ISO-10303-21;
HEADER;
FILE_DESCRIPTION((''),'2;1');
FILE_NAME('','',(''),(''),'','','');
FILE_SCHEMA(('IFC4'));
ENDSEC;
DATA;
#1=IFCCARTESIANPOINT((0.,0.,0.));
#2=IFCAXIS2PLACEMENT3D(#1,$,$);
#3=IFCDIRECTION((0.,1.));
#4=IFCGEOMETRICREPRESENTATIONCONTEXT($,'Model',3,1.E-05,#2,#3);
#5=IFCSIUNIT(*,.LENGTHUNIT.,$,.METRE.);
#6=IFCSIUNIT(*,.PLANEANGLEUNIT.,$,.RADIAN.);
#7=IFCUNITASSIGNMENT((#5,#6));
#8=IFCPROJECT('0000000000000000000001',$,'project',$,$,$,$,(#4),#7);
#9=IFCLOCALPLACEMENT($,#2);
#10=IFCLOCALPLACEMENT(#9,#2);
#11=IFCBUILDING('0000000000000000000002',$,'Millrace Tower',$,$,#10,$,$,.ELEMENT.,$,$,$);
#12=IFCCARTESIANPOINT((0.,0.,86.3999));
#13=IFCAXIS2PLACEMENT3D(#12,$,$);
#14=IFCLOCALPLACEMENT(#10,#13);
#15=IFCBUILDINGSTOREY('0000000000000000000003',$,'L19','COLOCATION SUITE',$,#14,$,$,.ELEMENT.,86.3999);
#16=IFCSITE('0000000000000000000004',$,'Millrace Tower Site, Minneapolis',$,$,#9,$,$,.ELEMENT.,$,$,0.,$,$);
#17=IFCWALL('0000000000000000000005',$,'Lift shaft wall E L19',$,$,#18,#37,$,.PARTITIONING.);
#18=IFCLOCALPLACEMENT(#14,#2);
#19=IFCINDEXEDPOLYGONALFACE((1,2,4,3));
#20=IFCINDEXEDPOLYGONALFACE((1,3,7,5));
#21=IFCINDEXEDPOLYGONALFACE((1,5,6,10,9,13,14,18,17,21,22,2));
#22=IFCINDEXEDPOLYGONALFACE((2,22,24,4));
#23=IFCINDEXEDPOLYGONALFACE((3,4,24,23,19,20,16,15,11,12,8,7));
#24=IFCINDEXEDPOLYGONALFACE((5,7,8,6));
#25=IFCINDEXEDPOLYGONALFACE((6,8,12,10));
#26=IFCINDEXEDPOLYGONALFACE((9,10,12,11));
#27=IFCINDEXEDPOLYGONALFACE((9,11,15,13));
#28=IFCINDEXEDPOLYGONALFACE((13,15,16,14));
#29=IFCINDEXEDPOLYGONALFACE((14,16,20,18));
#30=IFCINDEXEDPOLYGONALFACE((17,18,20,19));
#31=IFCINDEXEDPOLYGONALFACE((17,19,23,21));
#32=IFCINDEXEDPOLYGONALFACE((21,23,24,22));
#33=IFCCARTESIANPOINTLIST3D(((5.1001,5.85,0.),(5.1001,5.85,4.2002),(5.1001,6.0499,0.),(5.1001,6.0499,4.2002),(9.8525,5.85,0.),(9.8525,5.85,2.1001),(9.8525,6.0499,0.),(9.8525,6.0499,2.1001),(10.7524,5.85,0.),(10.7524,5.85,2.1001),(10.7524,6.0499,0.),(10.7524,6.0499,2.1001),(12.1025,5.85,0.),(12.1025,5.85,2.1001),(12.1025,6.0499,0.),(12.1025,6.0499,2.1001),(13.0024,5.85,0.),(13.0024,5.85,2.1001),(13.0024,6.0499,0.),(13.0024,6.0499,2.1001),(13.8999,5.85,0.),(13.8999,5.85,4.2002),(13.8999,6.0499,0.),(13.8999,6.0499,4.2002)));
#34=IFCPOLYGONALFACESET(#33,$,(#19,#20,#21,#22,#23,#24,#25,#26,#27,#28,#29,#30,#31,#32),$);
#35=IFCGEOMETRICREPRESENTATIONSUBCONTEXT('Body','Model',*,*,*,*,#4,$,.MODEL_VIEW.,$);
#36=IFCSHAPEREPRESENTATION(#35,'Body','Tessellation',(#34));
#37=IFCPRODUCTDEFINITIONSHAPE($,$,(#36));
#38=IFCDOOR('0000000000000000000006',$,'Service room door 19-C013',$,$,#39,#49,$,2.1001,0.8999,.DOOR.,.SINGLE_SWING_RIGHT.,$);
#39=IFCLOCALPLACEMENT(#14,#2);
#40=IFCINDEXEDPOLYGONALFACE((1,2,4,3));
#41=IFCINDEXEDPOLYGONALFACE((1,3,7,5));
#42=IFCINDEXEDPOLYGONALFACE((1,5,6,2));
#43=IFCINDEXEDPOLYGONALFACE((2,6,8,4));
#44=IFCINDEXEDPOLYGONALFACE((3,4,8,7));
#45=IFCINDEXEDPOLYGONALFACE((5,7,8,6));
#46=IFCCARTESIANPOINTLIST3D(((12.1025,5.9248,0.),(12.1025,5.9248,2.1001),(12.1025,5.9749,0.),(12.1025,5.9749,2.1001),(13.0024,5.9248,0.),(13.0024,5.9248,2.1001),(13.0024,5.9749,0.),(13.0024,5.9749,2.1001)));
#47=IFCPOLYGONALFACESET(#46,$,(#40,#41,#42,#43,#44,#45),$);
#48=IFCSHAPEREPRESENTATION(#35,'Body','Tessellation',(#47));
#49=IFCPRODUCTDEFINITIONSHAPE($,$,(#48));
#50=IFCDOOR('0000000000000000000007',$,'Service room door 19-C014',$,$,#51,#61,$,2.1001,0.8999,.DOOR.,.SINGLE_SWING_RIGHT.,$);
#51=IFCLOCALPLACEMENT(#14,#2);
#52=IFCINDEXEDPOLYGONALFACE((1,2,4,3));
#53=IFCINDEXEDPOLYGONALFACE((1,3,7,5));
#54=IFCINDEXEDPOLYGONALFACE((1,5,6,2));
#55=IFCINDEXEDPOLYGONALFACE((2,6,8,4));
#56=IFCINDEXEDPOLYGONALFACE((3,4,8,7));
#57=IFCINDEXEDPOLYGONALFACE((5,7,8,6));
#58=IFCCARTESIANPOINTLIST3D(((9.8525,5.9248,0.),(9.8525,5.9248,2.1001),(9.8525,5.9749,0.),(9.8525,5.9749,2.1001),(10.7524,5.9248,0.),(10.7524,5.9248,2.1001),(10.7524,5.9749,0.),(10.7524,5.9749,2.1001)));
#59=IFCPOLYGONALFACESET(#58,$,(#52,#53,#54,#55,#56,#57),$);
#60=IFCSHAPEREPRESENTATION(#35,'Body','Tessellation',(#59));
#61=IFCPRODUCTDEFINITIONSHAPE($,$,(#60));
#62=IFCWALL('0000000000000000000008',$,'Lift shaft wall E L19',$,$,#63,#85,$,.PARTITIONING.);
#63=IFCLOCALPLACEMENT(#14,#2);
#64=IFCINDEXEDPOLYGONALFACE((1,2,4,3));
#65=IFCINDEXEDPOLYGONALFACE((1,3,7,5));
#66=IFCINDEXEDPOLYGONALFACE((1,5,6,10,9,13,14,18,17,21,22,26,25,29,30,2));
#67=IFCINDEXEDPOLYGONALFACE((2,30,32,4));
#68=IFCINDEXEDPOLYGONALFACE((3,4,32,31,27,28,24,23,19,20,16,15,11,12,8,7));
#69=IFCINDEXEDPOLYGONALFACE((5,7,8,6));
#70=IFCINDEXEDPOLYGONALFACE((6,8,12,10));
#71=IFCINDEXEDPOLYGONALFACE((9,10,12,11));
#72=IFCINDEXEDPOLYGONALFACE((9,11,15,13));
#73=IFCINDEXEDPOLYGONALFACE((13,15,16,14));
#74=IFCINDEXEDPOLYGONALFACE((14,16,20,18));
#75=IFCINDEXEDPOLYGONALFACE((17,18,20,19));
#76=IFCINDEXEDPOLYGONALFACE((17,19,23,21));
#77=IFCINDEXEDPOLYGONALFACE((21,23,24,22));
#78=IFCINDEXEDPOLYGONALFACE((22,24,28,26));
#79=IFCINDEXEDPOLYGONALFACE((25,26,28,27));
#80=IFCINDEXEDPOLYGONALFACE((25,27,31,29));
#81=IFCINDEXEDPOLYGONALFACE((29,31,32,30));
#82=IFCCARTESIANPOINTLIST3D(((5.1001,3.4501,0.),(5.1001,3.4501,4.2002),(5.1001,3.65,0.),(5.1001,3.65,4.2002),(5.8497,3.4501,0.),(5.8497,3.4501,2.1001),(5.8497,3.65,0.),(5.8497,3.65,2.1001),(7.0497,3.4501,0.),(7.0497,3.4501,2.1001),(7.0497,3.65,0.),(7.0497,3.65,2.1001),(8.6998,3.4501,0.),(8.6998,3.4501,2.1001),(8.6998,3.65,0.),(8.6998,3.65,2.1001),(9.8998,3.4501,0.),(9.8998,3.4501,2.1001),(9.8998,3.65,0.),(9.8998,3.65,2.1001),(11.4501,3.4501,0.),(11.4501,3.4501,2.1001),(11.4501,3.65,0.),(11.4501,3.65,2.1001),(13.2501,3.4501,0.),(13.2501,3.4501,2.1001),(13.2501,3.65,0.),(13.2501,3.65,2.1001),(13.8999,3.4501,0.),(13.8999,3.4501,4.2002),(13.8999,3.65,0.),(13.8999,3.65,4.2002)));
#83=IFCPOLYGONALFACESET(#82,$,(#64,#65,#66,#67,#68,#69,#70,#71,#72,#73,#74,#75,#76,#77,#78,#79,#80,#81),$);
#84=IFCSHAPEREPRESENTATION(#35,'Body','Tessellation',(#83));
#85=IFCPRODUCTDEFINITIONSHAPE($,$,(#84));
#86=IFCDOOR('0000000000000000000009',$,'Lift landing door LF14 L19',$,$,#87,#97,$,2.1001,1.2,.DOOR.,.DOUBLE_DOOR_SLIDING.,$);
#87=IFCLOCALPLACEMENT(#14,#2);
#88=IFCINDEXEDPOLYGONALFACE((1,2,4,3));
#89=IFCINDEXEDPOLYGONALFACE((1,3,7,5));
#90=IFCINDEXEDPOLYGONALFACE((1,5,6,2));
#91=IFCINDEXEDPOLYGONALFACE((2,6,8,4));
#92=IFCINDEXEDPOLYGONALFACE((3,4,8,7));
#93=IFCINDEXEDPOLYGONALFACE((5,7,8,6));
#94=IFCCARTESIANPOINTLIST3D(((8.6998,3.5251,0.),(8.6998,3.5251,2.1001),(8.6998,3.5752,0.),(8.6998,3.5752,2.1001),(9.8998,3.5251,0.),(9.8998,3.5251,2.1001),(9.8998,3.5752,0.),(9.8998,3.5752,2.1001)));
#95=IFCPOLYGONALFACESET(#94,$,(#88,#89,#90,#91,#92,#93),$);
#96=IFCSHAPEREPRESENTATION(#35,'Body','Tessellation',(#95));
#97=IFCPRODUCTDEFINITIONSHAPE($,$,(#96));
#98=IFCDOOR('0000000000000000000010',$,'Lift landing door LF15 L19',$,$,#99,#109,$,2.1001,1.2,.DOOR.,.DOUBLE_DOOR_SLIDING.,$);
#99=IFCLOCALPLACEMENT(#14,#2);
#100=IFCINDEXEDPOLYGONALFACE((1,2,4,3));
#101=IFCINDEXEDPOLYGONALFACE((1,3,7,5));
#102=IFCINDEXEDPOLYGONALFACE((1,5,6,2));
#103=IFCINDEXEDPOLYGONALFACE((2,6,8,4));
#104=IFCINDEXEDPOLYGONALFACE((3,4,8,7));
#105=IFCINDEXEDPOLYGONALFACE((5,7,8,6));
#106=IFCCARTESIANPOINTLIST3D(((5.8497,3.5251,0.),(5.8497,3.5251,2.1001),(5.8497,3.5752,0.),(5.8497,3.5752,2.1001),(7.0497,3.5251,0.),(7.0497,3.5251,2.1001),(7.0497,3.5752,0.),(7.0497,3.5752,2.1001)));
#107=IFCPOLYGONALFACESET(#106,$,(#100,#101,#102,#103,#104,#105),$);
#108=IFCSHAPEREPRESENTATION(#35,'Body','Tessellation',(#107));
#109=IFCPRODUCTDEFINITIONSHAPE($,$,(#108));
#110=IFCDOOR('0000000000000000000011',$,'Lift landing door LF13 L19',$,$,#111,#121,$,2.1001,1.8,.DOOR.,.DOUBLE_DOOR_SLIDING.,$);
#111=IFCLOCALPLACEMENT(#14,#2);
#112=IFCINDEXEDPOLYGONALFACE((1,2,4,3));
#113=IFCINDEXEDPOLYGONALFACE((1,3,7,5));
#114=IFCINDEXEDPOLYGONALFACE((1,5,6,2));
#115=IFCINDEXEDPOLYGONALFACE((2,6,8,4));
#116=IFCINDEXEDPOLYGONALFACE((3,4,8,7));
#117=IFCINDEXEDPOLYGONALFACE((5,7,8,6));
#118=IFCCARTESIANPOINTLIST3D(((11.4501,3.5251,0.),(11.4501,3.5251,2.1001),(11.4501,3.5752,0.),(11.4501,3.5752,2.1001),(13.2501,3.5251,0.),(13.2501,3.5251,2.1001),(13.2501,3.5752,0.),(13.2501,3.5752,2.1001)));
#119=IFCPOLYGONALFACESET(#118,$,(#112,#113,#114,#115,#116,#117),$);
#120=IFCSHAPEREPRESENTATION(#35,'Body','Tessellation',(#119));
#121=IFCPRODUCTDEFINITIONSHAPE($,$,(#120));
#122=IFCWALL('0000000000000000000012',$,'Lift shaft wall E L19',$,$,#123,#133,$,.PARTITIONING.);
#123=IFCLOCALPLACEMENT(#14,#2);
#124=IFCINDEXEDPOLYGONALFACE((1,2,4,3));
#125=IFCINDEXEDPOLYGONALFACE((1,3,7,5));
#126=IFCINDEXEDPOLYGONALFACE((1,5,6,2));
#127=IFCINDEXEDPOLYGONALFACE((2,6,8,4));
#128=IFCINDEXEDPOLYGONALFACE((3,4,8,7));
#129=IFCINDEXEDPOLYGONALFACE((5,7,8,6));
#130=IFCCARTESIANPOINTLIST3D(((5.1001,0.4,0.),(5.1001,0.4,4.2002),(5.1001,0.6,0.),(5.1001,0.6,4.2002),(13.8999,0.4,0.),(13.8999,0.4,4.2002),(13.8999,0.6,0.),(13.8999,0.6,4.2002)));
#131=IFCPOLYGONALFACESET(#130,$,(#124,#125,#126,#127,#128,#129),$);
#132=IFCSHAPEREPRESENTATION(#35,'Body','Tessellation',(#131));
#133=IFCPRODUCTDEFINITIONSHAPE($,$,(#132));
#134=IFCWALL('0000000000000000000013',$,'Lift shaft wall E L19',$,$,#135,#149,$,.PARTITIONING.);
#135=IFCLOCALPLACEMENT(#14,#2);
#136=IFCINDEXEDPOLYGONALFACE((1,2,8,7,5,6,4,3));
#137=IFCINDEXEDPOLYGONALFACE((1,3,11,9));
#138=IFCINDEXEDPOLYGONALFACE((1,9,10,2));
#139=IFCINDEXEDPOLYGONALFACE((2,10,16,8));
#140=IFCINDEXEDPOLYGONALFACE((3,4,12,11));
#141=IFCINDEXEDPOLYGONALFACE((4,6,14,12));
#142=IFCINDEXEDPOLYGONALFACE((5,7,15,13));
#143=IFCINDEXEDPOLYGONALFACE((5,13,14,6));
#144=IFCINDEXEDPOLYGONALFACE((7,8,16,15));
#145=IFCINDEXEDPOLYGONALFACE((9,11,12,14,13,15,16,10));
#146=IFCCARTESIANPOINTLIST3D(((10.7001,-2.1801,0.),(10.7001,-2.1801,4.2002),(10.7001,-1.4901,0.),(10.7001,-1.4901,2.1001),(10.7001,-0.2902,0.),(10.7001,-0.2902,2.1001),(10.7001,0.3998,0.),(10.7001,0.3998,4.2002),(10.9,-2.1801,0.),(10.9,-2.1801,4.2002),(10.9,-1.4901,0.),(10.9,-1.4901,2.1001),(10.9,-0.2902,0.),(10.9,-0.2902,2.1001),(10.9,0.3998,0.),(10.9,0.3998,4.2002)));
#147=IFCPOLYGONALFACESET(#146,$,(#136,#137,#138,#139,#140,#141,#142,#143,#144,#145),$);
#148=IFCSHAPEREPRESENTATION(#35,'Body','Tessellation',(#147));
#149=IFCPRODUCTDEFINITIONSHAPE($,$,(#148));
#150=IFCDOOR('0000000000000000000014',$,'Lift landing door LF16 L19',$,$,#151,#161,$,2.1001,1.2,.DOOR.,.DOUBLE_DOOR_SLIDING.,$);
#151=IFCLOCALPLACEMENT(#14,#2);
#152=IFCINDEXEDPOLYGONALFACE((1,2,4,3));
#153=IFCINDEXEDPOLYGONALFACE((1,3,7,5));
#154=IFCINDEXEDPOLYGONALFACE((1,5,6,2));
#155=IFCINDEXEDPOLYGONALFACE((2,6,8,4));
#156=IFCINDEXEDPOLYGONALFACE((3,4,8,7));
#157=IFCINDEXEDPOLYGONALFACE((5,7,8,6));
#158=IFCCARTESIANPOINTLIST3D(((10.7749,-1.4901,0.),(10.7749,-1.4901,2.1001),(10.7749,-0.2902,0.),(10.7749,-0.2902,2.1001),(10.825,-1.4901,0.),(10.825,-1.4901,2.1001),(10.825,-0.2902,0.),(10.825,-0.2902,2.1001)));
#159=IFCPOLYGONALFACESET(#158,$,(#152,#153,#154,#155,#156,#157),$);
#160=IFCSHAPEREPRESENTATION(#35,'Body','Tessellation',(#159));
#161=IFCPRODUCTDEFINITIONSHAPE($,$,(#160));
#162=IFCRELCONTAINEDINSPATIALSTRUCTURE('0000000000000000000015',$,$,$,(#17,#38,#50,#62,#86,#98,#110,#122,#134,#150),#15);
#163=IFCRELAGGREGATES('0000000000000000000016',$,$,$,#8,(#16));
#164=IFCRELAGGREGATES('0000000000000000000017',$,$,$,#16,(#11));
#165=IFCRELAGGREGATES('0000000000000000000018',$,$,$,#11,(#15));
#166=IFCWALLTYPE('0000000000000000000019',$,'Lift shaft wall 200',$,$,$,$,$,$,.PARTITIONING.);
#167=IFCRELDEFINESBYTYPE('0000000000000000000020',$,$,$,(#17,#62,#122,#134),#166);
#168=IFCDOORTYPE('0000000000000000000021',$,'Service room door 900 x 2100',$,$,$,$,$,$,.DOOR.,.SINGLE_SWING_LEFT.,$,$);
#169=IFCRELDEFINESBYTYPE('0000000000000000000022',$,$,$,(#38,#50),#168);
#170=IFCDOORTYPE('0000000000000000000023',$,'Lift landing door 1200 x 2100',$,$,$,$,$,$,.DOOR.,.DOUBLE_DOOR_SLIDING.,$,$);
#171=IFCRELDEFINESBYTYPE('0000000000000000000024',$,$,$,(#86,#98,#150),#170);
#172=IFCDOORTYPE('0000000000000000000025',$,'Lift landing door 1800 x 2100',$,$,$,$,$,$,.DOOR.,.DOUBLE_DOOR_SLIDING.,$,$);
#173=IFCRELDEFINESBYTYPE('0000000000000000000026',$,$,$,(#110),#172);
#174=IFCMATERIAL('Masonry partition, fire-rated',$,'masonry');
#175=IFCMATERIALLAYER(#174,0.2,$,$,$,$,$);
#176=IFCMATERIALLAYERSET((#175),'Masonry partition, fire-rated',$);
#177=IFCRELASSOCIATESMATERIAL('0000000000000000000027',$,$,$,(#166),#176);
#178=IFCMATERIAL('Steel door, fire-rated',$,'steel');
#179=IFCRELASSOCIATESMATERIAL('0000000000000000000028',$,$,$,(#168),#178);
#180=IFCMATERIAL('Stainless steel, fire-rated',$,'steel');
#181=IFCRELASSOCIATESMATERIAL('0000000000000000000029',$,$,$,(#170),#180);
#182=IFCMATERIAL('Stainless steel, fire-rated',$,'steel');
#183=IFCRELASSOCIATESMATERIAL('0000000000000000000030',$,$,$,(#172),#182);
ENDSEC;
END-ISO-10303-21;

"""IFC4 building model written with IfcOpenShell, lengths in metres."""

from ifc_helpers import new_model, si_unit, direction, frame, frame_2d, origin, place, context, subcontext, project, spatial, rectangle, extrude, material, layer, layer_set, type_object, element, fill, save


model = new_model("IFC4")

# Units and contexts
model_context = context("Model", 3, precision=1e-05, world=origin(), true_north=direction((0.0, 1.0)))
body_context = subcontext(model_context, "Body", "Model", "MODEL_VIEW")
ifc_project = project(units=[si_unit("LENGTHUNIT", "METRE"), si_unit("PLANEANGLEUNIT", "RADIAN")], contexts=[model_context])

# Site, building, storey
site_placement = place(None, origin())
site = spatial("IfcSite", under=ifc_project, at=site_placement, Name="Millrace Tower Site, Minneapolis", CompositionType="ELEMENT", RefElevation=0.0)
building_placement = place(site_placement, origin())
building = spatial("IfcBuilding", under=site, at=building_placement, Name="Millrace Tower", CompositionType="ELEMENT")
storey_placement = place(building_placement, frame((0.0, 0.0, 86.3999)))
storey = spatial("IfcBuildingStorey", under=building, at=storey_placement, Name="L19", Description="COLOCATION SUITE", CompositionType="ELEMENT", Elevation=86.3999)

# Walls, openings, doors
ifc_material_1 = material(Name="Masonry partition, fire-rated", Category="masonry")
ifc_layer_1 = layer(ifc_material_1, 0.2)
ifc_layer_set_1 = layer_set([ifc_layer_1], Name="Masonry partition, fire-rated")
wall_type_1 = type_object("IfcWallType", Name="Lift shaft wall 200", PredefinedType="PARTITIONING", material=ifc_layer_set_1)
wall_1_placement = place(storey_placement, frame((13.8999, 5.95, 0.0), z_axis=(0.0, 0.0, 1.0), x_axis=(-1.0, 0.0, 0.0)))
wall_1 = element("IfcWall", 1, at=wall_1_placement, inside=storey, type_object=wall_type_1, Name="Lift shaft wall E L19", PredefinedType="PARTITIONING", context=body_context, shape_type="SweptSolid", body=[
    extrude(rectangle(XDim=8.7998, YDim=0.2, at=frame_2d((4.3999, 0.0))), origin(), (0.0, 0.0, 1.0), 4.2002),
])
opening_1_placement = place(wall_1_placement, frame((0.8975, 0.0, 0.0)))
opening_1 = element("IfcOpeningElement", 2, at=opening_1_placement, cuts=wall_1, PredefinedType="OPENING", context=body_context, shape_type="SweptSolid", body=[
    extrude(rectangle(XDim=0.8999, YDim=2.1001, at=frame_2d((0.45, 1.05))), frame((0.0, 0.1099, 0.0), z_axis=(0.0, -1.0, 0.0), x_axis=(1.0, 0.0, 0.0)), (0.0, 0.0, 1.0), 0.22),
])
opening_2_placement = place(wall_1_placement, frame((3.1475, 0.0, 0.0)))
opening_2 = element("IfcOpeningElement", 3, at=opening_2_placement, cuts=wall_1, PredefinedType="OPENING", context=body_context, shape_type="SweptSolid", body=[
    extrude(rectangle(XDim=0.8999, YDim=2.1001, at=frame_2d((0.45, 1.05))), frame((0.0, 0.1099, 0.0), z_axis=(0.0, -1.0, 0.0), x_axis=(1.0, 0.0, 0.0)), (0.0, 0.0, 1.0), 0.22),
])
ifc_material_2 = material(Name="Steel door, fire-rated", Category="steel")
door_type_1 = type_object("IfcDoorType", Name="Service room door 900 x 2100", OperationType="SINGLE_SWING_LEFT", PredefinedType="DOOR", material=ifc_material_2)
door_1_placement = place(opening_1_placement, frame((0.8999, 0.0, 0.0), z_axis=(0.0, 0.0, 1.0), x_axis=(-1.0, 0.0, 0.0)))
door_1 = element("IfcDoor", 4, at=door_1_placement, inside=storey, type_object=door_type_1, Name="Service room door 19-C013", OperationType="SINGLE_SWING_RIGHT", OverallHeight=2.1001, OverallWidth=0.8999, PredefinedType="DOOR", context=body_context, shape_type="SweptSolid", body=[
    extrude(rectangle(XDim=0.8999, YDim=2.1001, at=frame_2d((0.45, 1.05))), frame((0.0, 0.0249, 0.0), z_axis=(0.0, -1.0, 0.0), x_axis=(1.0, 0.0, 0.0)), (0.0, 0.0, 1.0), 0.05),
])
fill(opening_1, door_1)
door_2_placement = place(opening_2_placement, frame((0.8999, 0.0, 0.0), z_axis=(0.0, 0.0, 1.0), x_axis=(-1.0, 0.0, 0.0)))
door_2 = element("IfcDoor", 5, at=door_2_placement, inside=storey, type_object=door_type_1, Name="Service room door 19-C014", OperationType="SINGLE_SWING_RIGHT", OverallHeight=2.1001, OverallWidth=0.8999, PredefinedType="DOOR", context=body_context, shape_type="SweptSolid", body=[
    extrude(rectangle(XDim=0.8999, YDim=2.1001, at=frame_2d((0.45, 1.05))), frame((0.0, 0.0249, 0.0), z_axis=(0.0, -1.0, 0.0), x_axis=(1.0, 0.0, 0.0)), (0.0, 0.0, 1.0), 0.05),
])
fill(opening_2, door_2)
wall_2_placement = place(storey_placement, frame((13.8999, 3.55, 0.0), z_axis=(0.0, 0.0, 1.0), x_axis=(-1.0, 0.0, 0.0)))
wall_2 = element("IfcWall", 6, at=wall_2_placement, inside=storey, type_object=wall_type_1, Name="Lift shaft wall E L19", PredefinedType="PARTITIONING", context=body_context, shape_type="SweptSolid", body=[
    extrude(rectangle(XDim=8.7998, YDim=0.2, at=frame_2d((4.3999, 0.0))), origin(), (0.0, 0.0, 1.0), 4.2002),
])
opening_3_placement = place(wall_2_placement, frame((0.6499, 0.0, 0.0)))
opening_3 = element("IfcOpeningElement", 7, at=opening_3_placement, cuts=wall_2, PredefinedType="OPENING", context=body_context, shape_type="SweptSolid", body=[
    extrude(rectangle(XDim=1.8, YDim=2.1001, at=frame_2d((0.8999, 1.05))), frame((0.0, 0.1099, 0.0), z_axis=(0.0, -1.0, 0.0), x_axis=(1.0, 0.0, 0.0)), (0.0, 0.0, 1.0), 0.22),
])
opening_4_placement = place(wall_2_placement, frame((4.0, 0.0, 0.0)))
opening_4 = element("IfcOpeningElement", 8, at=opening_4_placement, cuts=wall_2, PredefinedType="OPENING", context=body_context, shape_type="SweptSolid", body=[
    extrude(rectangle(XDim=1.2, YDim=2.1001, at=frame_2d((0.6001, 1.05))), frame((0.0, 0.1099, 0.0), z_axis=(0.0, -1.0, 0.0), x_axis=(1.0, 0.0, 0.0)), (0.0, 0.0, 1.0), 0.22),
])
opening_5_placement = place(wall_2_placement, frame((6.8501, 0.0, 0.0)))
opening_5 = element("IfcOpeningElement", 9, at=opening_5_placement, cuts=wall_2, PredefinedType="OPENING", context=body_context, shape_type="SweptSolid", body=[
    extrude(rectangle(XDim=1.2, YDim=2.1001, at=frame_2d((0.6001, 1.05))), frame((0.0, 0.1099, 0.0), z_axis=(0.0, -1.0, 0.0), x_axis=(1.0, 0.0, 0.0)), (0.0, 0.0, 1.0), 0.22),
])
ifc_material_3 = material(Name="Stainless steel, fire-rated", Category="steel")
door_type_2 = type_object("IfcDoorType", Name="Lift landing door 1200 x 2100", OperationType="DOUBLE_DOOR_SLIDING", PredefinedType="DOOR", material=ifc_material_3)
door_3_placement = place(opening_4_placement, origin())
door_3 = element("IfcDoor", 10, at=door_3_placement, inside=storey, type_object=door_type_2, Name="Lift landing door LF14 L19", OperationType="DOUBLE_DOOR_SLIDING", OverallHeight=2.1001, OverallWidth=1.2, PredefinedType="DOOR", context=body_context, shape_type="SweptSolid", body=[
    extrude(rectangle(XDim=1.2, YDim=2.1001, at=frame_2d((0.6001, 1.05))), frame((0.0, 0.0249, 0.0), z_axis=(0.0, -1.0, 0.0), x_axis=(1.0, 0.0, 0.0)), (0.0, 0.0, 1.0), 0.05),
])
fill(opening_4, door_3)
door_4_placement = place(opening_5_placement, origin())
door_4 = element("IfcDoor", 11, at=door_4_placement, inside=storey, type_object=door_type_2, Name="Lift landing door LF15 L19", OperationType="DOUBLE_DOOR_SLIDING", OverallHeight=2.1001, OverallWidth=1.2, PredefinedType="DOOR", context=body_context, shape_type="SweptSolid", body=[
    extrude(rectangle(XDim=1.2, YDim=2.1001, at=frame_2d((0.6001, 1.05))), frame((0.0, 0.0249, 0.0), z_axis=(0.0, -1.0, 0.0), x_axis=(1.0, 0.0, 0.0)), (0.0, 0.0, 1.0), 0.05),
])
fill(opening_5, door_4)
ifc_material_4 = material(Name="Stainless steel, fire-rated", Category="steel")
door_type_3 = type_object("IfcDoorType", Name="Lift landing door 1800 x 2100", OperationType="DOUBLE_DOOR_SLIDING", PredefinedType="DOOR", material=ifc_material_4)
door_5_placement = place(opening_3_placement, origin())
door_5 = element("IfcDoor", 12, at=door_5_placement, inside=storey, type_object=door_type_3, Name="Lift landing door LF13 L19", OperationType="DOUBLE_DOOR_SLIDING", OverallHeight=2.1001, OverallWidth=1.8, PredefinedType="DOOR", context=body_context, shape_type="SweptSolid", body=[
    extrude(rectangle(XDim=1.8, YDim=2.1001, at=frame_2d((0.8999, 1.05))), frame((0.0, 0.0249, 0.0), z_axis=(0.0, -1.0, 0.0), x_axis=(1.0, 0.0, 0.0)), (0.0, 0.0, 1.0), 0.05),
])
fill(opening_3, door_5)

# Wall
wall_3_placement = place(storey_placement, frame((13.8999, 0.5, 0.0), z_axis=(0.0, 0.0, 1.0), x_axis=(-1.0, 0.0, 0.0)))
element("IfcWall", 13, at=wall_3_placement, inside=storey, type_object=wall_type_1, Name="Lift shaft wall E L19", PredefinedType="PARTITIONING", context=body_context, shape_type="SweptSolid", body=[
    extrude(rectangle(XDim=8.7998, YDim=0.2, at=frame_2d((4.3999, 0.0))), origin(), (0.0, 0.0, 1.0), 4.2002),
])

# Wall, opening, door
wall_4_placement = place(storey_placement, frame((10.8, 0.3999, 0.0), z_axis=(0.0, 0.0, 1.0), x_axis=(0.0, -1.0, 0.0)))
wall_4 = element("IfcWall", 14, at=wall_4_placement, inside=storey, type_object=wall_type_1, Name="Lift shaft wall E L19", PredefinedType="PARTITIONING", context=body_context, shape_type="SweptSolid", body=[
    extrude(rectangle(XDim=2.5798, YDim=0.2, at=frame_2d((1.29, 0.0))), origin(), (0.0, 0.0, 1.0), 4.2002),
])
opening_6_placement = place(wall_4_placement, frame((0.6899, 0.0, 0.0)))
opening_6 = element("IfcOpeningElement", 15, at=opening_6_placement, cuts=wall_4, PredefinedType="OPENING", context=body_context, shape_type="SweptSolid", body=[
    extrude(rectangle(XDim=1.2, YDim=2.1001, at=frame_2d((0.6001, 1.05))), frame((0.0, 0.1099, 0.0), z_axis=(0.0, -1.0, 0.0), x_axis=(1.0, 0.0, 0.0)), (0.0, 0.0, 1.0), 0.22),
])
door_6_placement = place(opening_6_placement, origin())
door_6 = element("IfcDoor", 16, at=door_6_placement, inside=storey, type_object=door_type_2, Name="Lift landing door LF16 L19", OperationType="DOUBLE_DOOR_SLIDING", OverallHeight=2.1001, OverallWidth=1.2, PredefinedType="DOOR", context=body_context, shape_type="SweptSolid", body=[
    extrude(rectangle(XDim=1.2, YDim=2.1001, at=frame_2d((0.6001, 1.05))), frame((0.0, 0.0249, 0.0), z_axis=(0.0, -1.0, 0.0), x_axis=(1.0, 0.0, 0.0)), (0.0, 0.0, 1.0), 0.05),
])
fill(opening_6, door_6)

save(model, "model.ifc")
